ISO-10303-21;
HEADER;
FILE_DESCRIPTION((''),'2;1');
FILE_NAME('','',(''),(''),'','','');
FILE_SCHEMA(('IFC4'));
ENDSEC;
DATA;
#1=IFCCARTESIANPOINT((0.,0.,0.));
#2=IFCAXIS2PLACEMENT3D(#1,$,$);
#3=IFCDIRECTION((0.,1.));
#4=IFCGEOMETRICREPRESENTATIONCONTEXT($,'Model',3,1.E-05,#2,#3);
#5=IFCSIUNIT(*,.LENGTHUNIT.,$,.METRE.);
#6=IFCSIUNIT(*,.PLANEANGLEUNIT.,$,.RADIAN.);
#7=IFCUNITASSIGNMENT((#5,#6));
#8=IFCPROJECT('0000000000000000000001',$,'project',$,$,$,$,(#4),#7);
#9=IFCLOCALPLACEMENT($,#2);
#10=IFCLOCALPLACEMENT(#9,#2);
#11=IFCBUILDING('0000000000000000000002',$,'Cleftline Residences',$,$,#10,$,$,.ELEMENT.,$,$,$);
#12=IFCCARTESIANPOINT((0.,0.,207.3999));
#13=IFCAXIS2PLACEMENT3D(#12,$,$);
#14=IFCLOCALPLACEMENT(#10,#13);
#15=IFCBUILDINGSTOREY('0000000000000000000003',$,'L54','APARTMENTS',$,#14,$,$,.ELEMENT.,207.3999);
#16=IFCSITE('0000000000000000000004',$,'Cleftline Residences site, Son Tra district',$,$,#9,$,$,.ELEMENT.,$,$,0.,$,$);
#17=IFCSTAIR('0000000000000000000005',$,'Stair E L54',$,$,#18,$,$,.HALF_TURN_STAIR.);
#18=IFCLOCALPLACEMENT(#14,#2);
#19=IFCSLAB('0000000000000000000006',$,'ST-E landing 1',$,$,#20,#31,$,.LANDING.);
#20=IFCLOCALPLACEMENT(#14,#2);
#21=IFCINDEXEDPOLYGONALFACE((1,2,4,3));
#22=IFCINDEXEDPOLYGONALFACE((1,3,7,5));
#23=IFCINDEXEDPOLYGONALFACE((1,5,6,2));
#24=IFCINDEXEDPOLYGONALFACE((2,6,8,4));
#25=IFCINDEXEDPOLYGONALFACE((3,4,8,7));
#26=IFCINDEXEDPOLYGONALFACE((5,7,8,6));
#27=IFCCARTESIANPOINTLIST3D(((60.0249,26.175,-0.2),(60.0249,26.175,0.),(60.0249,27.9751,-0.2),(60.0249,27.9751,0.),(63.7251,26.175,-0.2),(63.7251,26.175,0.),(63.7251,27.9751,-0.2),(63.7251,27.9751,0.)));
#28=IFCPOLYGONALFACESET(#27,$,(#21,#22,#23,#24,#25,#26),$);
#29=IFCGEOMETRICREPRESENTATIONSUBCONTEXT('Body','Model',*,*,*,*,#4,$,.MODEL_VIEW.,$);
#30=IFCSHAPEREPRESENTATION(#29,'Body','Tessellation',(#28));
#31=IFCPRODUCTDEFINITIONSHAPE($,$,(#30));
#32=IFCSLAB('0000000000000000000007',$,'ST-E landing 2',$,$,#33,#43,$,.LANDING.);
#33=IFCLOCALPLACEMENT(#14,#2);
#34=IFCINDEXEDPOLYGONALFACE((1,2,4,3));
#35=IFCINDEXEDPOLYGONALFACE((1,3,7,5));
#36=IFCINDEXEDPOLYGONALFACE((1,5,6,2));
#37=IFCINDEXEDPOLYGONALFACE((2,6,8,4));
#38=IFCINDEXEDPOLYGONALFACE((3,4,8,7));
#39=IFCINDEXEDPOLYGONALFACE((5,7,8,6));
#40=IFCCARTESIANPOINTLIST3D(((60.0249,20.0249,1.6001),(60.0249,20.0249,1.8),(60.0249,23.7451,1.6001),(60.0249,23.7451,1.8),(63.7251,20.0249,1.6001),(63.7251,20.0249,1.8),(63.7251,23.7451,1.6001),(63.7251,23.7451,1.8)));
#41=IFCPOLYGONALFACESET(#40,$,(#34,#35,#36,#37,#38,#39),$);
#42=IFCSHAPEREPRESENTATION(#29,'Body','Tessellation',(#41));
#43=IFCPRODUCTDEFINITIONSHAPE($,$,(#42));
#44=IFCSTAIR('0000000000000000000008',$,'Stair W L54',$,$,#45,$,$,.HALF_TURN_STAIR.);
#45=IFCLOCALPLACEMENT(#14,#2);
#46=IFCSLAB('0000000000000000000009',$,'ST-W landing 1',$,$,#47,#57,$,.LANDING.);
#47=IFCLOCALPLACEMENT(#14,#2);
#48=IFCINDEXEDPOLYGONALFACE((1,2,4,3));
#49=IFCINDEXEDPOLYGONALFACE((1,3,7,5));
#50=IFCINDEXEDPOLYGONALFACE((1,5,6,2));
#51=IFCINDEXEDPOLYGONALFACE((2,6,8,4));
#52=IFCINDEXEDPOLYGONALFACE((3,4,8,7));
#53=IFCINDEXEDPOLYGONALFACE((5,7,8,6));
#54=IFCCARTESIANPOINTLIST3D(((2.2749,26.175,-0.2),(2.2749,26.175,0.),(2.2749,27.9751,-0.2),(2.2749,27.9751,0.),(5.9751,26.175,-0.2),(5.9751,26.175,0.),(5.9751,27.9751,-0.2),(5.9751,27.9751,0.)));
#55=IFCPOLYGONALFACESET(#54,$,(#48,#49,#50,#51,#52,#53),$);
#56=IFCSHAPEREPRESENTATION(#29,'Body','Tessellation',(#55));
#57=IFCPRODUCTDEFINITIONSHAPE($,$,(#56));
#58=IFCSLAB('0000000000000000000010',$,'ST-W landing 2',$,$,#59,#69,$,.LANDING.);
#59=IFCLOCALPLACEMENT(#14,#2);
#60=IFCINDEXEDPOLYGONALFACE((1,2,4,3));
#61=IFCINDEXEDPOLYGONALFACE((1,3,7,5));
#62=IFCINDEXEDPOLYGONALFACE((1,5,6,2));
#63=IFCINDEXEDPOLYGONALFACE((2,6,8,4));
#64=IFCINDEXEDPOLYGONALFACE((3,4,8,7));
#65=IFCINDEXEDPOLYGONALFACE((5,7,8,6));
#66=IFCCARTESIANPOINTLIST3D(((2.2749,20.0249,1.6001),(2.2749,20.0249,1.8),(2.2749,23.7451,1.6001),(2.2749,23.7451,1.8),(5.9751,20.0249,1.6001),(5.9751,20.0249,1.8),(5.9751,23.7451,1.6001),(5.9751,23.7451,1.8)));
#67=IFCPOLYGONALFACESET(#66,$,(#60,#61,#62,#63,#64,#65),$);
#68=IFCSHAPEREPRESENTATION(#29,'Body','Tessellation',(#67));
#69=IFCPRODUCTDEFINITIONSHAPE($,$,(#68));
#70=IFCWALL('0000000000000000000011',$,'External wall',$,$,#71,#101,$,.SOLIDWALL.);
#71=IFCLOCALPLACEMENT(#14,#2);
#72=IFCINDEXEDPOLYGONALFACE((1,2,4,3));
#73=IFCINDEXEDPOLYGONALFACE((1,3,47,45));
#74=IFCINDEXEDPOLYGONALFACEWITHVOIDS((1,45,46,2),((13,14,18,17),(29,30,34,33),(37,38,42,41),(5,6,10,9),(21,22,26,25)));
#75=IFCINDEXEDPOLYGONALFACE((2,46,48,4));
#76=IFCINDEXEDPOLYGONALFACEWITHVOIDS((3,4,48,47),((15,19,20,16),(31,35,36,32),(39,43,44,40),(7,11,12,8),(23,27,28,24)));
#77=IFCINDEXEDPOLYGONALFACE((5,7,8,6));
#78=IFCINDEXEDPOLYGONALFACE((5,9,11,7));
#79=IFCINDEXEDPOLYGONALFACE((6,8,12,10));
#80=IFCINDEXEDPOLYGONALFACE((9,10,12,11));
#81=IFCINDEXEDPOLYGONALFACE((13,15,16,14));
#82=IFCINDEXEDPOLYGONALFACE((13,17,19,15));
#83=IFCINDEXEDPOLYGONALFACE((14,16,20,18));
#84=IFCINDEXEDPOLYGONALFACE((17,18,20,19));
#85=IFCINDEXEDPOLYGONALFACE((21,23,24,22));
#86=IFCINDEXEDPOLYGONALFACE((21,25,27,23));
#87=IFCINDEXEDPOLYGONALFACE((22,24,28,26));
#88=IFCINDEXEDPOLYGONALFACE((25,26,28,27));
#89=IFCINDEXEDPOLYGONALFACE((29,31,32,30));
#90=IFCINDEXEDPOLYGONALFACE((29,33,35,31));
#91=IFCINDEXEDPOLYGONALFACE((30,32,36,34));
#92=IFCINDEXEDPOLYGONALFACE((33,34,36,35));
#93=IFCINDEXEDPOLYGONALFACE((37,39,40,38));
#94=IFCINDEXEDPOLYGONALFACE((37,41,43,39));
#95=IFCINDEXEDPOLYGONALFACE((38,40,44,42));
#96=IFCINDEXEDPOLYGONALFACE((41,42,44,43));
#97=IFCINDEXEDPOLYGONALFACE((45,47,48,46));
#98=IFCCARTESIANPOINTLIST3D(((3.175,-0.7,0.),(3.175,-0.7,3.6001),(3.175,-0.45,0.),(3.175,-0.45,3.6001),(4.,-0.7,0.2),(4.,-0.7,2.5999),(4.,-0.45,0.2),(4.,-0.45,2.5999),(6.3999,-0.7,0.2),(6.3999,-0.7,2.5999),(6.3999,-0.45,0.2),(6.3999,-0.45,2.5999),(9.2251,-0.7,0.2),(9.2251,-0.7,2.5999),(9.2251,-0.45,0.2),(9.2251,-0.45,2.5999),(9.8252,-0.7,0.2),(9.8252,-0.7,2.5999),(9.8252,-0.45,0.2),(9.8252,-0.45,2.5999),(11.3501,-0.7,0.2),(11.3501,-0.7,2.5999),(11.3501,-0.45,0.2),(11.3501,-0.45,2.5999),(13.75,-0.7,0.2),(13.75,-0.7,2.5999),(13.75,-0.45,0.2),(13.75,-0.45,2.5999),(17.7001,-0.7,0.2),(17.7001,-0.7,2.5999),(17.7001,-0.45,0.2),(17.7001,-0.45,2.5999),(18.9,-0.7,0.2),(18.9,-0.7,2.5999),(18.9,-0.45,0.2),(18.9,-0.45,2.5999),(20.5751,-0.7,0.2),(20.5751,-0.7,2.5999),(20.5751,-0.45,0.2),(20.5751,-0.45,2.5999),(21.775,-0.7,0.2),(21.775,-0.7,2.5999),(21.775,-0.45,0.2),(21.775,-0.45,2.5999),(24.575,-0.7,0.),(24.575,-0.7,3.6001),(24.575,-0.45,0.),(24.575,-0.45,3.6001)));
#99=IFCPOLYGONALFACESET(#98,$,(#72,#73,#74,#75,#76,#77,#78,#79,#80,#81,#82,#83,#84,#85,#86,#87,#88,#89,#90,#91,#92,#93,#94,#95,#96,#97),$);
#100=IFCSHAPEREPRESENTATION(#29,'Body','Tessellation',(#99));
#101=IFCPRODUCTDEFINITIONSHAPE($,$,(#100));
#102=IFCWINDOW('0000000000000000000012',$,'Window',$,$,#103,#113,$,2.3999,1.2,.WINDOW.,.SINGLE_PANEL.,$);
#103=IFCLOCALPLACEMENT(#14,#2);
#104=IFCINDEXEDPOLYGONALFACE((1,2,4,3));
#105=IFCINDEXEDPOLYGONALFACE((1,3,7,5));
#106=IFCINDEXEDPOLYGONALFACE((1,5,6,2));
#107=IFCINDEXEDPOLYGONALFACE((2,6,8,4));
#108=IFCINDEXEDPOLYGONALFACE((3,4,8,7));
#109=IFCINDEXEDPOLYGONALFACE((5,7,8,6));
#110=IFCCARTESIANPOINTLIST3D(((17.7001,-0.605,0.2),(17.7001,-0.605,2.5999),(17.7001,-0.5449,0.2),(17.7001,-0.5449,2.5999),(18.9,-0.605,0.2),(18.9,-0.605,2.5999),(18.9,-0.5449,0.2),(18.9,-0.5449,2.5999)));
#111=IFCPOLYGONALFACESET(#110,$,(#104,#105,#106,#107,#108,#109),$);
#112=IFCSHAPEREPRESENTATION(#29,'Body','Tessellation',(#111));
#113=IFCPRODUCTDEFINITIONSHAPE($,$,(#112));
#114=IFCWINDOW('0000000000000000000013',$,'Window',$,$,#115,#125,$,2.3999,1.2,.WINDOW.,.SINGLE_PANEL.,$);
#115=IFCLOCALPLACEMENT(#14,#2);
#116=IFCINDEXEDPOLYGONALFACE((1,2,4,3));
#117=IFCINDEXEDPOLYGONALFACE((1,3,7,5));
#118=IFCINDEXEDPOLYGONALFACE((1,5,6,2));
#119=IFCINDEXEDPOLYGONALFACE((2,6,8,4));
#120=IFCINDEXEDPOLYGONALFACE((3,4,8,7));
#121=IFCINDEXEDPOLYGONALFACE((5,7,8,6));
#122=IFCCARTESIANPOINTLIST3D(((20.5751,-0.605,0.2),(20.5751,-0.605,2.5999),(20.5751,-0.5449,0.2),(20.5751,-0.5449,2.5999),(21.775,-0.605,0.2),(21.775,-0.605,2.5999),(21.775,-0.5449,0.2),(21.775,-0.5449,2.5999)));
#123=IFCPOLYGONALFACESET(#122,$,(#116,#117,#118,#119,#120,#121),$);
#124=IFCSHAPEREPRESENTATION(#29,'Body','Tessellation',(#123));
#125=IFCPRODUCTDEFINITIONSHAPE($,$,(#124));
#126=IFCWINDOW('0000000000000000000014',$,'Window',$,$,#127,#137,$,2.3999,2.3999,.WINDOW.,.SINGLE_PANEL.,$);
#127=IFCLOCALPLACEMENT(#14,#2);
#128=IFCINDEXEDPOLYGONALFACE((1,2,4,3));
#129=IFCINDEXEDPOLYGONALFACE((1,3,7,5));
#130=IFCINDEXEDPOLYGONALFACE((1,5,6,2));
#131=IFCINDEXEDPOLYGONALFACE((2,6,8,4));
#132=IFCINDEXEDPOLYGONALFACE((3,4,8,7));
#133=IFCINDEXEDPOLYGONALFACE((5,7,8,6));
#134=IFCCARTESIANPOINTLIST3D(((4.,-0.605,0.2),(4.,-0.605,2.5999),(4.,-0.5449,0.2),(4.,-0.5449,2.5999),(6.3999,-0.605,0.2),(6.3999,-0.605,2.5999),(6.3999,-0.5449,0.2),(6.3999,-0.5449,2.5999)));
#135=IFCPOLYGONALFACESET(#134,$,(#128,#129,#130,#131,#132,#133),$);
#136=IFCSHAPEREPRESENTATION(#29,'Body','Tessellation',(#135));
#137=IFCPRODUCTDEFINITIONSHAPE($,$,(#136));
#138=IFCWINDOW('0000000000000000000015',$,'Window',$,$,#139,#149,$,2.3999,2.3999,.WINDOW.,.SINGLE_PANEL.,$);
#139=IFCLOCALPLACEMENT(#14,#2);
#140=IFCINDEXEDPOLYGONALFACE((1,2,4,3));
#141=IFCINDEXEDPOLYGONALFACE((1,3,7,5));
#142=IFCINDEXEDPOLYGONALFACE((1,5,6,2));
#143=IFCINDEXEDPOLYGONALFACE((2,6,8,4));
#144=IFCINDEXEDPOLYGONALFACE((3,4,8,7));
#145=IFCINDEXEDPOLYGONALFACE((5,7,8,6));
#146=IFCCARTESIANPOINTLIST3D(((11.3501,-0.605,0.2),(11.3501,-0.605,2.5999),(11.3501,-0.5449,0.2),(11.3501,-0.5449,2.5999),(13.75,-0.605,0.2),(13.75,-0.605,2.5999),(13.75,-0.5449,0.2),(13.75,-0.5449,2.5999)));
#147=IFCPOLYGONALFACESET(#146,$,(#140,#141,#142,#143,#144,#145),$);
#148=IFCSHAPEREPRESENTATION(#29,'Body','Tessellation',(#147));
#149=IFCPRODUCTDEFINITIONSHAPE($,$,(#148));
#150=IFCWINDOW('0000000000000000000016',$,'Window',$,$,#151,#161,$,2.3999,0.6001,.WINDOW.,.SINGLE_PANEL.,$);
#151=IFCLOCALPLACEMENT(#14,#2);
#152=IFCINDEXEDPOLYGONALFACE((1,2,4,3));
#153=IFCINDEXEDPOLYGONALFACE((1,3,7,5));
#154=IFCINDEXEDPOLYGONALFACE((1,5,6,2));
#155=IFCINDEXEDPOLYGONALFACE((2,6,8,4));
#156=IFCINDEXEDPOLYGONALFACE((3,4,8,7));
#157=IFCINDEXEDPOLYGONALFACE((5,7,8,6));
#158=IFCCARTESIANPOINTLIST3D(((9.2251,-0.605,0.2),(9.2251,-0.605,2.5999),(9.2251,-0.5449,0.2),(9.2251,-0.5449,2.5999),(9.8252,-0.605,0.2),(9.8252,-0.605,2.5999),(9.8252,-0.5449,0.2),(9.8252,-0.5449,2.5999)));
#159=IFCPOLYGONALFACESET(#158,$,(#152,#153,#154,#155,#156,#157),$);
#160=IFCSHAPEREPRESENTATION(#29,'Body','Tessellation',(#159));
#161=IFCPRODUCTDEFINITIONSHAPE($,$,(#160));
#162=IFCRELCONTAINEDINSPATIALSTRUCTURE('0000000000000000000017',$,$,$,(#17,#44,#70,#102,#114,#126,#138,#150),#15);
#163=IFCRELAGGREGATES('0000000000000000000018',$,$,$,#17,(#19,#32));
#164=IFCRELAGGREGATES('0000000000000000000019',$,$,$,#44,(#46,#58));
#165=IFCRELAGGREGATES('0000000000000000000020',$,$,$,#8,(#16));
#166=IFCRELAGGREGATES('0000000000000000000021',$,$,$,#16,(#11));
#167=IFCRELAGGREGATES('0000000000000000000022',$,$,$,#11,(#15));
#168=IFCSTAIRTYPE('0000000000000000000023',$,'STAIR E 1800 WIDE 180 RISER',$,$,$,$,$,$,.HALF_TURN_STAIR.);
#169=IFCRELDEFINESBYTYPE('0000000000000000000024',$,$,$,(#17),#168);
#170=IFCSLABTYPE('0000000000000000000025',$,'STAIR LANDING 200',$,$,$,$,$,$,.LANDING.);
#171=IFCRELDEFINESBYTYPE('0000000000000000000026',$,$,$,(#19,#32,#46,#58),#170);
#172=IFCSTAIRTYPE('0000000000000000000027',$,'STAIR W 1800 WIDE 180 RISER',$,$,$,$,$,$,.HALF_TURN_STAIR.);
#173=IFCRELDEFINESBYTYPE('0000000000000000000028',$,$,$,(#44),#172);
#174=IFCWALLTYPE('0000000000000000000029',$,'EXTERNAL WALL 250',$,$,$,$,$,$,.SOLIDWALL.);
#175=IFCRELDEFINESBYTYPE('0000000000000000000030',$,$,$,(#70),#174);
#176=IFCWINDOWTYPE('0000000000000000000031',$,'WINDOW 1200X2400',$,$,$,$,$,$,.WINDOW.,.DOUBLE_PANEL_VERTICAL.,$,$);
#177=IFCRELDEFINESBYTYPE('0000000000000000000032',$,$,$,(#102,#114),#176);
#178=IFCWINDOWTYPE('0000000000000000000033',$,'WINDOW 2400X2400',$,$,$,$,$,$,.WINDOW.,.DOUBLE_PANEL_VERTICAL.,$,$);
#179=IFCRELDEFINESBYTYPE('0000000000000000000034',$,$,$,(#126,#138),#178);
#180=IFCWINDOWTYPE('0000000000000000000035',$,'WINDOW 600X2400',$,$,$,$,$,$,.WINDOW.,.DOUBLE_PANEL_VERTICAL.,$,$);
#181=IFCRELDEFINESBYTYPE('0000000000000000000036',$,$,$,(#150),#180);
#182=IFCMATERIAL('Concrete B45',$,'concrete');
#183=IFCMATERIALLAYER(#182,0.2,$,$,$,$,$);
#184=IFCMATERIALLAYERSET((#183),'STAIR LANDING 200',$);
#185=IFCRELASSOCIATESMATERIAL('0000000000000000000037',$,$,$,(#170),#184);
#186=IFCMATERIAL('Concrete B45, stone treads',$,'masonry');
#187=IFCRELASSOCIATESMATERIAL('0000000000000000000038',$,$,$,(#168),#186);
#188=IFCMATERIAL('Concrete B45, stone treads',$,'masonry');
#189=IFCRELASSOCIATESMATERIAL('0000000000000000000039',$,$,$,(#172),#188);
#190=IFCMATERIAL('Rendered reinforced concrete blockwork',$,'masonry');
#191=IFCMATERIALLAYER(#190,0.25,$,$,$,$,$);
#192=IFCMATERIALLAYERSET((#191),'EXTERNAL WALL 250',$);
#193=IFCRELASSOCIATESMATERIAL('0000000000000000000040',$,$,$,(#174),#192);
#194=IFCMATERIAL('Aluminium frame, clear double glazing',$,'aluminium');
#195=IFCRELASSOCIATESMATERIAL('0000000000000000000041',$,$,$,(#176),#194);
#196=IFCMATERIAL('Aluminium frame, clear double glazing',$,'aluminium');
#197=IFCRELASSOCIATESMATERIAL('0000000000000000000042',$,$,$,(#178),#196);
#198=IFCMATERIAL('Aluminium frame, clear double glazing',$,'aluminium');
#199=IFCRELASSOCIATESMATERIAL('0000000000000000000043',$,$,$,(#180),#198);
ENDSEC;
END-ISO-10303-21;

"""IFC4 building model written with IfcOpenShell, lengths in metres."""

from ifc_helpers import new_model, si_unit, direction, frame, frame_2d, origin, place, context, subcontext, project, spatial, polyline, rectangle, outline, extrude, material, layer, layer_set, type_object, element, fill, aggregate, save


model = new_model("IFC4")

# Units and contexts
model_context = context("Model", 3, precision=1e-05, world=origin(), true_north=direction((0.0, 1.0)))
body_context = subcontext(model_context, "Body", "Model", "MODEL_VIEW")
ifc_project = project(units=[si_unit("LENGTHUNIT", "METRE"), si_unit("PLANEANGLEUNIT", "RADIAN")], contexts=[model_context])

# Site, building, storey
site_placement = place(None, origin())
site = spatial("IfcSite", under=ifc_project, at=site_placement, Name="Cleftline Residences site, Son Tra district", CompositionType="ELEMENT", RefElevation=0.0)
building_placement = place(site_placement, origin())
building = spatial("IfcBuilding", under=site, at=building_placement, Name="Cleftline Residences", CompositionType="ELEMENT")
storey_placement = place(building_placement, frame((0.0, 0.0, 207.3999)))
storey = spatial("IfcBuildingStorey", under=building, at=storey_placement, Name="L54", Description="APARTMENTS", CompositionType="ELEMENT", Elevation=207.3999)

# Stairs, slabs
ifc_material_1 = material(Name="Concrete B45", Category="concrete")
ifc_layer_1 = layer(ifc_material_1, 0.2)
ifc_layer_set_1 = layer_set([ifc_layer_1], Name="STAIR LANDING 200")
slab_type_1 = type_object("IfcSlabType", Name="STAIR LANDING 200", PredefinedType="LANDING", material=ifc_layer_set_1)
ifc_material_2 = material(Name="Concrete B45, stone treads", Category="masonry")
stair_type_1 = type_object("IfcStairType", Name="STAIR E 1800 WIDE 180 RISER", PredefinedType="HALF_TURN_STAIR", material=ifc_material_2)
stair_1_placement = place(storey_placement, origin())
stair_1 = element("IfcStair", 1, at=stair_1_placement, inside=storey, type_object=stair_type_1, Name="Stair E L54", PredefinedType="HALF_TURN_STAIR")
slab_1_placement = place(storey_placement, frame((0.0, 0.0, -0.2)))
slab_1 = element("IfcSlab", 2, at=slab_1_placement, type_object=slab_type_1, Name="ST-E landing 1", PredefinedType="LANDING", context=body_context, shape_type="SweptSolid", body=[
    extrude(outline(polyline([(60.0249, 26.175), (63.7251, 26.175), (63.7251, 27.9751), (60.0249, 27.9751), (60.0249, 26.175)])), origin(), (0.0, 0.0, 1.0), 0.2),
])
slab_2_placement = place(storey_placement, frame((0.0, 0.0, 1.6001)))
slab_2 = element("IfcSlab", 3, at=slab_2_placement, type_object=slab_type_1, Name="ST-E landing 2", PredefinedType="LANDING", context=body_context, shape_type="SweptSolid", body=[
    extrude(outline(polyline([(60.0249, 20.0249), (63.7251, 20.0249), (63.7251, 23.7451), (60.0249, 23.7451), (60.0249, 20.0249)])), origin(), (0.0, 0.0, 1.0), 0.2),
])
aggregate(stair_1, [slab_1, slab_2])
ifc_material_3 = material(Name="Concrete B45, stone treads", Category="masonry")
stair_type_2 = type_object("IfcStairType", Name="STAIR W 1800 WIDE 180 RISER", PredefinedType="HALF_TURN_STAIR", material=ifc_material_3)
stair_2_placement = place(storey_placement, origin())
stair_2 = element("IfcStair", 4, at=stair_2_placement, inside=storey, type_object=stair_type_2, Name="Stair W L54", PredefinedType="HALF_TURN_STAIR")
slab_3_placement = place(storey_placement, frame((0.0, 0.0, -0.2)))
slab_3 = element("IfcSlab", 5, at=slab_3_placement, type_object=slab_type_1, Name="ST-W landing 1", PredefinedType="LANDING", context=body_context, shape_type="SweptSolid", body=[
    extrude(outline(polyline([(2.2749, 26.175), (5.9751, 26.175), (5.9751, 27.9751), (2.2749, 27.9751), (2.2749, 26.175)])), origin(), (0.0, 0.0, 1.0), 0.2),
])
slab_4_placement = place(storey_placement, frame((0.0, 0.0, 1.6001)))
slab_4 = element("IfcSlab", 6, at=slab_4_placement, type_object=slab_type_1, Name="ST-W landing 2", PredefinedType="LANDING", context=body_context, shape_type="SweptSolid", body=[
    extrude(outline(polyline([(2.2749, 20.0249), (5.9751, 20.0249), (5.9751, 23.7451), (2.2749, 23.7451), (2.2749, 20.0249)])), origin(), (0.0, 0.0, 1.0), 0.2),
])
aggregate(stair_2, [slab_3, slab_4])

# Wall, openings, windows
ifc_material_4 = material(Name="Rendered reinforced concrete blockwork", Category="masonry")
ifc_layer_2 = layer(ifc_material_4, 0.25)
ifc_layer_set_2 = layer_set([ifc_layer_2], Name="EXTERNAL WALL 250")
wall_type = type_object("IfcWallType", Name="EXTERNAL WALL 250", PredefinedType="SOLIDWALL", material=ifc_layer_set_2)
wall_placement = place(storey_placement, frame((3.175, -0.575, 0.0), z_axis=(0.0, 0.0, 1.0), x_axis=(1.0, 0.0, 0.0)))
wall = element("IfcWall", 7, at=wall_placement, inside=storey, type_object=wall_type, Name="External wall", PredefinedType="SOLIDWALL", context=body_context, shape_type="SweptSolid", body=[
    extrude(rectangle(XDim=21.3999, YDim=0.25, at=frame_2d((10.7, 0.0))), origin(), (0.0, 0.0, 1.0), 3.6001),
])
opening_1_placement = place(wall_placement, frame((0.825, 0.0, 0.2)))
opening_1 = element("IfcOpeningElement", 8, at=opening_1_placement, cuts=wall, PredefinedType="OPENING", context=body_context, shape_type="SweptSolid", body=[
    extrude(rectangle(XDim=2.3999, YDim=2.3999, at=frame_2d((1.2, 1.2))), frame((0.0, 0.135, 0.0), z_axis=(0.0, -1.0, 0.0), x_axis=(1.0, 0.0, 0.0)), (0.0, 0.0, 1.0), 0.27),
])
opening_2_placement = place(wall_placement, frame((6.05, 0.0, 0.2)))
opening_2 = element("IfcOpeningElement", 9, at=opening_2_placement, cuts=wall, PredefinedType="OPENING", context=body_context, shape_type="SweptSolid", body=[
    extrude(rectangle(XDim=0.6001, YDim=2.3999, at=frame_2d((0.3, 1.2))), frame((0.0, 0.135, 0.0), z_axis=(0.0, -1.0, 0.0), x_axis=(1.0, 0.0, 0.0)), (0.0, 0.0, 1.0), 0.27),
])
opening_3_placement = place(wall_placement, frame((8.175, 0.0, 0.2)))
opening_3 = element("IfcOpeningElement", 10, at=opening_3_placement, cuts=wall, PredefinedType="OPENING", context=body_context, shape_type="SweptSolid", body=[
    extrude(rectangle(XDim=2.3999, YDim=2.3999, at=frame_2d((1.2, 1.2))), frame((0.0, 0.135, 0.0), z_axis=(0.0, -1.0, 0.0), x_axis=(1.0, 0.0, 0.0)), (0.0, 0.0, 1.0), 0.27),
])
opening_4_placement = place(wall_placement, frame((14.5249, 0.0, 0.2)))
opening_4 = element("IfcOpeningElement", 11, at=opening_4_placement, cuts=wall, PredefinedType="OPENING", context=body_context, shape_type="SweptSolid", body=[
    extrude(rectangle(XDim=1.2, YDim=2.3999, at=frame_2d((0.6001, 1.2))), frame((0.0, 0.135, 0.0), z_axis=(0.0, -1.0, 0.0), x_axis=(1.0, 0.0, 0.0)), (0.0, 0.0, 1.0), 0.27),
])
opening_5_placement = place(wall_placement, frame((17.3999, 0.0, 0.2)))
opening_5 = element("IfcOpeningElement", 12, at=opening_5_placement, cuts=wall, PredefinedType="OPENING", context=body_context, shape_type="SweptSolid", body=[
    extrude(rectangle(XDim=1.2, YDim=2.3999, at=frame_2d((0.6001, 1.2))), frame((0.0, 0.135, 0.0), z_axis=(0.0, -1.0, 0.0), x_axis=(1.0, 0.0, 0.0)), (0.0, 0.0, 1.0), 0.27),
])
ifc_material_5 = material(Name="Aluminium frame, clear double glazing", Category="aluminium")
window_type_1 = type_object("IfcWindowType", Name="WINDOW 1200X2400", PartitioningType="DOUBLE_PANEL_VERTICAL", PredefinedType="WINDOW", material=ifc_material_5)
window_1_placement = place(opening_4_placement, origin())
window_1 = element("IfcWindow", 13, at=window_1_placement, inside=storey, type_object=window_type_1, Name="Window", OverallHeight=2.3999, OverallWidth=1.2, PartitioningType="SINGLE_PANEL", PredefinedType="WINDOW", context=body_context, shape_type="SweptSolid", body=[
    extrude(rectangle(XDim=1.2, YDim=2.3999, at=frame_2d((0.6001, 1.2))), frame((0.0, 0.03, 0.0), z_axis=(0.0, -1.0, 0.0), x_axis=(1.0, 0.0, 0.0)), (0.0, 0.0, 1.0), 0.0601),
])
fill(opening_4, window_1)
window_2_placement = place(opening_5_placement, origin())
window_2 = element("IfcWindow", 14, at=window_2_placement, inside=storey, type_object=window_type_1, Name="Window", OverallHeight=2.3999, OverallWidth=1.2, PartitioningType="SINGLE_PANEL", PredefinedType="WINDOW", context=body_context, shape_type="SweptSolid", body=[
    extrude(rectangle(XDim=1.2, YDim=2.3999, at=frame_2d((0.6001, 1.2))), frame((0.0, 0.03, 0.0), z_axis=(0.0, -1.0, 0.0), x_axis=(1.0, 0.0, 0.0)), (0.0, 0.0, 1.0), 0.0601),
])
fill(opening_5, window_2)
ifc_material_6 = material(Name="Aluminium frame, clear double glazing", Category="aluminium")
window_type_2 = type_object("IfcWindowType", Name="WINDOW 2400X2400", PartitioningType="DOUBLE_PANEL_VERTICAL", PredefinedType="WINDOW", material=ifc_material_6)
window_3_placement = place(opening_1_placement, origin())
window_3 = element("IfcWindow", 15, at=window_3_placement, inside=storey, type_object=window_type_2, Name="Window", OverallHeight=2.3999, OverallWidth=2.3999, PartitioningType="SINGLE_PANEL", PredefinedType="WINDOW", context=body_context, shape_type="SweptSolid", body=[
    extrude(rectangle(XDim=2.3999, YDim=2.3999, at=frame_2d((1.2, 1.2))), frame((0.0, 0.03, 0.0), z_axis=(0.0, -1.0, 0.0), x_axis=(1.0, 0.0, 0.0)), (0.0, 0.0, 1.0), 0.0601),
])
fill(opening_1, window_3)
window_4_placement = place(opening_3_placement, origin())
window_4 = element("IfcWindow", 16, at=window_4_placement, inside=storey, type_object=window_type_2, Name="Window", OverallHeight=2.3999, OverallWidth=2.3999, PartitioningType="SINGLE_PANEL", PredefinedType="WINDOW", context=body_context, shape_type="SweptSolid", body=[
    extrude(rectangle(XDim=2.3999, YDim=2.3999, at=frame_2d((1.2, 1.2))), frame((0.0, 0.03, 0.0), z_axis=(0.0, -1.0, 0.0), x_axis=(1.0, 0.0, 0.0)), (0.0, 0.0, 1.0), 0.0601),
])
fill(opening_3, window_4)
ifc_material_7 = material(Name="Aluminium frame, clear double glazing", Category="aluminium")
window_type_3 = type_object("IfcWindowType", Name="WINDOW 600X2400", PartitioningType="DOUBLE_PANEL_VERTICAL", PredefinedType="WINDOW", material=ifc_material_7)
window_5_placement = place(opening_2_placement, origin())
window_5 = element("IfcWindow", 17, at=window_5_placement, inside=storey, type_object=window_type_3, Name="Window", OverallHeight=2.3999, OverallWidth=0.6001, PartitioningType="SINGLE_PANEL", PredefinedType="WINDOW", context=body_context, shape_type="SweptSolid", body=[
    extrude(rectangle(XDim=0.6001, YDim=2.3999, at=frame_2d((0.3, 1.2))), frame((0.0, 0.03, 0.0), z_axis=(0.0, -1.0, 0.0), x_axis=(1.0, 0.0, 0.0)), (0.0, 0.0, 1.0), 0.0601),
])
fill(opening_2, window_5)

save(model, "model.ifc")
